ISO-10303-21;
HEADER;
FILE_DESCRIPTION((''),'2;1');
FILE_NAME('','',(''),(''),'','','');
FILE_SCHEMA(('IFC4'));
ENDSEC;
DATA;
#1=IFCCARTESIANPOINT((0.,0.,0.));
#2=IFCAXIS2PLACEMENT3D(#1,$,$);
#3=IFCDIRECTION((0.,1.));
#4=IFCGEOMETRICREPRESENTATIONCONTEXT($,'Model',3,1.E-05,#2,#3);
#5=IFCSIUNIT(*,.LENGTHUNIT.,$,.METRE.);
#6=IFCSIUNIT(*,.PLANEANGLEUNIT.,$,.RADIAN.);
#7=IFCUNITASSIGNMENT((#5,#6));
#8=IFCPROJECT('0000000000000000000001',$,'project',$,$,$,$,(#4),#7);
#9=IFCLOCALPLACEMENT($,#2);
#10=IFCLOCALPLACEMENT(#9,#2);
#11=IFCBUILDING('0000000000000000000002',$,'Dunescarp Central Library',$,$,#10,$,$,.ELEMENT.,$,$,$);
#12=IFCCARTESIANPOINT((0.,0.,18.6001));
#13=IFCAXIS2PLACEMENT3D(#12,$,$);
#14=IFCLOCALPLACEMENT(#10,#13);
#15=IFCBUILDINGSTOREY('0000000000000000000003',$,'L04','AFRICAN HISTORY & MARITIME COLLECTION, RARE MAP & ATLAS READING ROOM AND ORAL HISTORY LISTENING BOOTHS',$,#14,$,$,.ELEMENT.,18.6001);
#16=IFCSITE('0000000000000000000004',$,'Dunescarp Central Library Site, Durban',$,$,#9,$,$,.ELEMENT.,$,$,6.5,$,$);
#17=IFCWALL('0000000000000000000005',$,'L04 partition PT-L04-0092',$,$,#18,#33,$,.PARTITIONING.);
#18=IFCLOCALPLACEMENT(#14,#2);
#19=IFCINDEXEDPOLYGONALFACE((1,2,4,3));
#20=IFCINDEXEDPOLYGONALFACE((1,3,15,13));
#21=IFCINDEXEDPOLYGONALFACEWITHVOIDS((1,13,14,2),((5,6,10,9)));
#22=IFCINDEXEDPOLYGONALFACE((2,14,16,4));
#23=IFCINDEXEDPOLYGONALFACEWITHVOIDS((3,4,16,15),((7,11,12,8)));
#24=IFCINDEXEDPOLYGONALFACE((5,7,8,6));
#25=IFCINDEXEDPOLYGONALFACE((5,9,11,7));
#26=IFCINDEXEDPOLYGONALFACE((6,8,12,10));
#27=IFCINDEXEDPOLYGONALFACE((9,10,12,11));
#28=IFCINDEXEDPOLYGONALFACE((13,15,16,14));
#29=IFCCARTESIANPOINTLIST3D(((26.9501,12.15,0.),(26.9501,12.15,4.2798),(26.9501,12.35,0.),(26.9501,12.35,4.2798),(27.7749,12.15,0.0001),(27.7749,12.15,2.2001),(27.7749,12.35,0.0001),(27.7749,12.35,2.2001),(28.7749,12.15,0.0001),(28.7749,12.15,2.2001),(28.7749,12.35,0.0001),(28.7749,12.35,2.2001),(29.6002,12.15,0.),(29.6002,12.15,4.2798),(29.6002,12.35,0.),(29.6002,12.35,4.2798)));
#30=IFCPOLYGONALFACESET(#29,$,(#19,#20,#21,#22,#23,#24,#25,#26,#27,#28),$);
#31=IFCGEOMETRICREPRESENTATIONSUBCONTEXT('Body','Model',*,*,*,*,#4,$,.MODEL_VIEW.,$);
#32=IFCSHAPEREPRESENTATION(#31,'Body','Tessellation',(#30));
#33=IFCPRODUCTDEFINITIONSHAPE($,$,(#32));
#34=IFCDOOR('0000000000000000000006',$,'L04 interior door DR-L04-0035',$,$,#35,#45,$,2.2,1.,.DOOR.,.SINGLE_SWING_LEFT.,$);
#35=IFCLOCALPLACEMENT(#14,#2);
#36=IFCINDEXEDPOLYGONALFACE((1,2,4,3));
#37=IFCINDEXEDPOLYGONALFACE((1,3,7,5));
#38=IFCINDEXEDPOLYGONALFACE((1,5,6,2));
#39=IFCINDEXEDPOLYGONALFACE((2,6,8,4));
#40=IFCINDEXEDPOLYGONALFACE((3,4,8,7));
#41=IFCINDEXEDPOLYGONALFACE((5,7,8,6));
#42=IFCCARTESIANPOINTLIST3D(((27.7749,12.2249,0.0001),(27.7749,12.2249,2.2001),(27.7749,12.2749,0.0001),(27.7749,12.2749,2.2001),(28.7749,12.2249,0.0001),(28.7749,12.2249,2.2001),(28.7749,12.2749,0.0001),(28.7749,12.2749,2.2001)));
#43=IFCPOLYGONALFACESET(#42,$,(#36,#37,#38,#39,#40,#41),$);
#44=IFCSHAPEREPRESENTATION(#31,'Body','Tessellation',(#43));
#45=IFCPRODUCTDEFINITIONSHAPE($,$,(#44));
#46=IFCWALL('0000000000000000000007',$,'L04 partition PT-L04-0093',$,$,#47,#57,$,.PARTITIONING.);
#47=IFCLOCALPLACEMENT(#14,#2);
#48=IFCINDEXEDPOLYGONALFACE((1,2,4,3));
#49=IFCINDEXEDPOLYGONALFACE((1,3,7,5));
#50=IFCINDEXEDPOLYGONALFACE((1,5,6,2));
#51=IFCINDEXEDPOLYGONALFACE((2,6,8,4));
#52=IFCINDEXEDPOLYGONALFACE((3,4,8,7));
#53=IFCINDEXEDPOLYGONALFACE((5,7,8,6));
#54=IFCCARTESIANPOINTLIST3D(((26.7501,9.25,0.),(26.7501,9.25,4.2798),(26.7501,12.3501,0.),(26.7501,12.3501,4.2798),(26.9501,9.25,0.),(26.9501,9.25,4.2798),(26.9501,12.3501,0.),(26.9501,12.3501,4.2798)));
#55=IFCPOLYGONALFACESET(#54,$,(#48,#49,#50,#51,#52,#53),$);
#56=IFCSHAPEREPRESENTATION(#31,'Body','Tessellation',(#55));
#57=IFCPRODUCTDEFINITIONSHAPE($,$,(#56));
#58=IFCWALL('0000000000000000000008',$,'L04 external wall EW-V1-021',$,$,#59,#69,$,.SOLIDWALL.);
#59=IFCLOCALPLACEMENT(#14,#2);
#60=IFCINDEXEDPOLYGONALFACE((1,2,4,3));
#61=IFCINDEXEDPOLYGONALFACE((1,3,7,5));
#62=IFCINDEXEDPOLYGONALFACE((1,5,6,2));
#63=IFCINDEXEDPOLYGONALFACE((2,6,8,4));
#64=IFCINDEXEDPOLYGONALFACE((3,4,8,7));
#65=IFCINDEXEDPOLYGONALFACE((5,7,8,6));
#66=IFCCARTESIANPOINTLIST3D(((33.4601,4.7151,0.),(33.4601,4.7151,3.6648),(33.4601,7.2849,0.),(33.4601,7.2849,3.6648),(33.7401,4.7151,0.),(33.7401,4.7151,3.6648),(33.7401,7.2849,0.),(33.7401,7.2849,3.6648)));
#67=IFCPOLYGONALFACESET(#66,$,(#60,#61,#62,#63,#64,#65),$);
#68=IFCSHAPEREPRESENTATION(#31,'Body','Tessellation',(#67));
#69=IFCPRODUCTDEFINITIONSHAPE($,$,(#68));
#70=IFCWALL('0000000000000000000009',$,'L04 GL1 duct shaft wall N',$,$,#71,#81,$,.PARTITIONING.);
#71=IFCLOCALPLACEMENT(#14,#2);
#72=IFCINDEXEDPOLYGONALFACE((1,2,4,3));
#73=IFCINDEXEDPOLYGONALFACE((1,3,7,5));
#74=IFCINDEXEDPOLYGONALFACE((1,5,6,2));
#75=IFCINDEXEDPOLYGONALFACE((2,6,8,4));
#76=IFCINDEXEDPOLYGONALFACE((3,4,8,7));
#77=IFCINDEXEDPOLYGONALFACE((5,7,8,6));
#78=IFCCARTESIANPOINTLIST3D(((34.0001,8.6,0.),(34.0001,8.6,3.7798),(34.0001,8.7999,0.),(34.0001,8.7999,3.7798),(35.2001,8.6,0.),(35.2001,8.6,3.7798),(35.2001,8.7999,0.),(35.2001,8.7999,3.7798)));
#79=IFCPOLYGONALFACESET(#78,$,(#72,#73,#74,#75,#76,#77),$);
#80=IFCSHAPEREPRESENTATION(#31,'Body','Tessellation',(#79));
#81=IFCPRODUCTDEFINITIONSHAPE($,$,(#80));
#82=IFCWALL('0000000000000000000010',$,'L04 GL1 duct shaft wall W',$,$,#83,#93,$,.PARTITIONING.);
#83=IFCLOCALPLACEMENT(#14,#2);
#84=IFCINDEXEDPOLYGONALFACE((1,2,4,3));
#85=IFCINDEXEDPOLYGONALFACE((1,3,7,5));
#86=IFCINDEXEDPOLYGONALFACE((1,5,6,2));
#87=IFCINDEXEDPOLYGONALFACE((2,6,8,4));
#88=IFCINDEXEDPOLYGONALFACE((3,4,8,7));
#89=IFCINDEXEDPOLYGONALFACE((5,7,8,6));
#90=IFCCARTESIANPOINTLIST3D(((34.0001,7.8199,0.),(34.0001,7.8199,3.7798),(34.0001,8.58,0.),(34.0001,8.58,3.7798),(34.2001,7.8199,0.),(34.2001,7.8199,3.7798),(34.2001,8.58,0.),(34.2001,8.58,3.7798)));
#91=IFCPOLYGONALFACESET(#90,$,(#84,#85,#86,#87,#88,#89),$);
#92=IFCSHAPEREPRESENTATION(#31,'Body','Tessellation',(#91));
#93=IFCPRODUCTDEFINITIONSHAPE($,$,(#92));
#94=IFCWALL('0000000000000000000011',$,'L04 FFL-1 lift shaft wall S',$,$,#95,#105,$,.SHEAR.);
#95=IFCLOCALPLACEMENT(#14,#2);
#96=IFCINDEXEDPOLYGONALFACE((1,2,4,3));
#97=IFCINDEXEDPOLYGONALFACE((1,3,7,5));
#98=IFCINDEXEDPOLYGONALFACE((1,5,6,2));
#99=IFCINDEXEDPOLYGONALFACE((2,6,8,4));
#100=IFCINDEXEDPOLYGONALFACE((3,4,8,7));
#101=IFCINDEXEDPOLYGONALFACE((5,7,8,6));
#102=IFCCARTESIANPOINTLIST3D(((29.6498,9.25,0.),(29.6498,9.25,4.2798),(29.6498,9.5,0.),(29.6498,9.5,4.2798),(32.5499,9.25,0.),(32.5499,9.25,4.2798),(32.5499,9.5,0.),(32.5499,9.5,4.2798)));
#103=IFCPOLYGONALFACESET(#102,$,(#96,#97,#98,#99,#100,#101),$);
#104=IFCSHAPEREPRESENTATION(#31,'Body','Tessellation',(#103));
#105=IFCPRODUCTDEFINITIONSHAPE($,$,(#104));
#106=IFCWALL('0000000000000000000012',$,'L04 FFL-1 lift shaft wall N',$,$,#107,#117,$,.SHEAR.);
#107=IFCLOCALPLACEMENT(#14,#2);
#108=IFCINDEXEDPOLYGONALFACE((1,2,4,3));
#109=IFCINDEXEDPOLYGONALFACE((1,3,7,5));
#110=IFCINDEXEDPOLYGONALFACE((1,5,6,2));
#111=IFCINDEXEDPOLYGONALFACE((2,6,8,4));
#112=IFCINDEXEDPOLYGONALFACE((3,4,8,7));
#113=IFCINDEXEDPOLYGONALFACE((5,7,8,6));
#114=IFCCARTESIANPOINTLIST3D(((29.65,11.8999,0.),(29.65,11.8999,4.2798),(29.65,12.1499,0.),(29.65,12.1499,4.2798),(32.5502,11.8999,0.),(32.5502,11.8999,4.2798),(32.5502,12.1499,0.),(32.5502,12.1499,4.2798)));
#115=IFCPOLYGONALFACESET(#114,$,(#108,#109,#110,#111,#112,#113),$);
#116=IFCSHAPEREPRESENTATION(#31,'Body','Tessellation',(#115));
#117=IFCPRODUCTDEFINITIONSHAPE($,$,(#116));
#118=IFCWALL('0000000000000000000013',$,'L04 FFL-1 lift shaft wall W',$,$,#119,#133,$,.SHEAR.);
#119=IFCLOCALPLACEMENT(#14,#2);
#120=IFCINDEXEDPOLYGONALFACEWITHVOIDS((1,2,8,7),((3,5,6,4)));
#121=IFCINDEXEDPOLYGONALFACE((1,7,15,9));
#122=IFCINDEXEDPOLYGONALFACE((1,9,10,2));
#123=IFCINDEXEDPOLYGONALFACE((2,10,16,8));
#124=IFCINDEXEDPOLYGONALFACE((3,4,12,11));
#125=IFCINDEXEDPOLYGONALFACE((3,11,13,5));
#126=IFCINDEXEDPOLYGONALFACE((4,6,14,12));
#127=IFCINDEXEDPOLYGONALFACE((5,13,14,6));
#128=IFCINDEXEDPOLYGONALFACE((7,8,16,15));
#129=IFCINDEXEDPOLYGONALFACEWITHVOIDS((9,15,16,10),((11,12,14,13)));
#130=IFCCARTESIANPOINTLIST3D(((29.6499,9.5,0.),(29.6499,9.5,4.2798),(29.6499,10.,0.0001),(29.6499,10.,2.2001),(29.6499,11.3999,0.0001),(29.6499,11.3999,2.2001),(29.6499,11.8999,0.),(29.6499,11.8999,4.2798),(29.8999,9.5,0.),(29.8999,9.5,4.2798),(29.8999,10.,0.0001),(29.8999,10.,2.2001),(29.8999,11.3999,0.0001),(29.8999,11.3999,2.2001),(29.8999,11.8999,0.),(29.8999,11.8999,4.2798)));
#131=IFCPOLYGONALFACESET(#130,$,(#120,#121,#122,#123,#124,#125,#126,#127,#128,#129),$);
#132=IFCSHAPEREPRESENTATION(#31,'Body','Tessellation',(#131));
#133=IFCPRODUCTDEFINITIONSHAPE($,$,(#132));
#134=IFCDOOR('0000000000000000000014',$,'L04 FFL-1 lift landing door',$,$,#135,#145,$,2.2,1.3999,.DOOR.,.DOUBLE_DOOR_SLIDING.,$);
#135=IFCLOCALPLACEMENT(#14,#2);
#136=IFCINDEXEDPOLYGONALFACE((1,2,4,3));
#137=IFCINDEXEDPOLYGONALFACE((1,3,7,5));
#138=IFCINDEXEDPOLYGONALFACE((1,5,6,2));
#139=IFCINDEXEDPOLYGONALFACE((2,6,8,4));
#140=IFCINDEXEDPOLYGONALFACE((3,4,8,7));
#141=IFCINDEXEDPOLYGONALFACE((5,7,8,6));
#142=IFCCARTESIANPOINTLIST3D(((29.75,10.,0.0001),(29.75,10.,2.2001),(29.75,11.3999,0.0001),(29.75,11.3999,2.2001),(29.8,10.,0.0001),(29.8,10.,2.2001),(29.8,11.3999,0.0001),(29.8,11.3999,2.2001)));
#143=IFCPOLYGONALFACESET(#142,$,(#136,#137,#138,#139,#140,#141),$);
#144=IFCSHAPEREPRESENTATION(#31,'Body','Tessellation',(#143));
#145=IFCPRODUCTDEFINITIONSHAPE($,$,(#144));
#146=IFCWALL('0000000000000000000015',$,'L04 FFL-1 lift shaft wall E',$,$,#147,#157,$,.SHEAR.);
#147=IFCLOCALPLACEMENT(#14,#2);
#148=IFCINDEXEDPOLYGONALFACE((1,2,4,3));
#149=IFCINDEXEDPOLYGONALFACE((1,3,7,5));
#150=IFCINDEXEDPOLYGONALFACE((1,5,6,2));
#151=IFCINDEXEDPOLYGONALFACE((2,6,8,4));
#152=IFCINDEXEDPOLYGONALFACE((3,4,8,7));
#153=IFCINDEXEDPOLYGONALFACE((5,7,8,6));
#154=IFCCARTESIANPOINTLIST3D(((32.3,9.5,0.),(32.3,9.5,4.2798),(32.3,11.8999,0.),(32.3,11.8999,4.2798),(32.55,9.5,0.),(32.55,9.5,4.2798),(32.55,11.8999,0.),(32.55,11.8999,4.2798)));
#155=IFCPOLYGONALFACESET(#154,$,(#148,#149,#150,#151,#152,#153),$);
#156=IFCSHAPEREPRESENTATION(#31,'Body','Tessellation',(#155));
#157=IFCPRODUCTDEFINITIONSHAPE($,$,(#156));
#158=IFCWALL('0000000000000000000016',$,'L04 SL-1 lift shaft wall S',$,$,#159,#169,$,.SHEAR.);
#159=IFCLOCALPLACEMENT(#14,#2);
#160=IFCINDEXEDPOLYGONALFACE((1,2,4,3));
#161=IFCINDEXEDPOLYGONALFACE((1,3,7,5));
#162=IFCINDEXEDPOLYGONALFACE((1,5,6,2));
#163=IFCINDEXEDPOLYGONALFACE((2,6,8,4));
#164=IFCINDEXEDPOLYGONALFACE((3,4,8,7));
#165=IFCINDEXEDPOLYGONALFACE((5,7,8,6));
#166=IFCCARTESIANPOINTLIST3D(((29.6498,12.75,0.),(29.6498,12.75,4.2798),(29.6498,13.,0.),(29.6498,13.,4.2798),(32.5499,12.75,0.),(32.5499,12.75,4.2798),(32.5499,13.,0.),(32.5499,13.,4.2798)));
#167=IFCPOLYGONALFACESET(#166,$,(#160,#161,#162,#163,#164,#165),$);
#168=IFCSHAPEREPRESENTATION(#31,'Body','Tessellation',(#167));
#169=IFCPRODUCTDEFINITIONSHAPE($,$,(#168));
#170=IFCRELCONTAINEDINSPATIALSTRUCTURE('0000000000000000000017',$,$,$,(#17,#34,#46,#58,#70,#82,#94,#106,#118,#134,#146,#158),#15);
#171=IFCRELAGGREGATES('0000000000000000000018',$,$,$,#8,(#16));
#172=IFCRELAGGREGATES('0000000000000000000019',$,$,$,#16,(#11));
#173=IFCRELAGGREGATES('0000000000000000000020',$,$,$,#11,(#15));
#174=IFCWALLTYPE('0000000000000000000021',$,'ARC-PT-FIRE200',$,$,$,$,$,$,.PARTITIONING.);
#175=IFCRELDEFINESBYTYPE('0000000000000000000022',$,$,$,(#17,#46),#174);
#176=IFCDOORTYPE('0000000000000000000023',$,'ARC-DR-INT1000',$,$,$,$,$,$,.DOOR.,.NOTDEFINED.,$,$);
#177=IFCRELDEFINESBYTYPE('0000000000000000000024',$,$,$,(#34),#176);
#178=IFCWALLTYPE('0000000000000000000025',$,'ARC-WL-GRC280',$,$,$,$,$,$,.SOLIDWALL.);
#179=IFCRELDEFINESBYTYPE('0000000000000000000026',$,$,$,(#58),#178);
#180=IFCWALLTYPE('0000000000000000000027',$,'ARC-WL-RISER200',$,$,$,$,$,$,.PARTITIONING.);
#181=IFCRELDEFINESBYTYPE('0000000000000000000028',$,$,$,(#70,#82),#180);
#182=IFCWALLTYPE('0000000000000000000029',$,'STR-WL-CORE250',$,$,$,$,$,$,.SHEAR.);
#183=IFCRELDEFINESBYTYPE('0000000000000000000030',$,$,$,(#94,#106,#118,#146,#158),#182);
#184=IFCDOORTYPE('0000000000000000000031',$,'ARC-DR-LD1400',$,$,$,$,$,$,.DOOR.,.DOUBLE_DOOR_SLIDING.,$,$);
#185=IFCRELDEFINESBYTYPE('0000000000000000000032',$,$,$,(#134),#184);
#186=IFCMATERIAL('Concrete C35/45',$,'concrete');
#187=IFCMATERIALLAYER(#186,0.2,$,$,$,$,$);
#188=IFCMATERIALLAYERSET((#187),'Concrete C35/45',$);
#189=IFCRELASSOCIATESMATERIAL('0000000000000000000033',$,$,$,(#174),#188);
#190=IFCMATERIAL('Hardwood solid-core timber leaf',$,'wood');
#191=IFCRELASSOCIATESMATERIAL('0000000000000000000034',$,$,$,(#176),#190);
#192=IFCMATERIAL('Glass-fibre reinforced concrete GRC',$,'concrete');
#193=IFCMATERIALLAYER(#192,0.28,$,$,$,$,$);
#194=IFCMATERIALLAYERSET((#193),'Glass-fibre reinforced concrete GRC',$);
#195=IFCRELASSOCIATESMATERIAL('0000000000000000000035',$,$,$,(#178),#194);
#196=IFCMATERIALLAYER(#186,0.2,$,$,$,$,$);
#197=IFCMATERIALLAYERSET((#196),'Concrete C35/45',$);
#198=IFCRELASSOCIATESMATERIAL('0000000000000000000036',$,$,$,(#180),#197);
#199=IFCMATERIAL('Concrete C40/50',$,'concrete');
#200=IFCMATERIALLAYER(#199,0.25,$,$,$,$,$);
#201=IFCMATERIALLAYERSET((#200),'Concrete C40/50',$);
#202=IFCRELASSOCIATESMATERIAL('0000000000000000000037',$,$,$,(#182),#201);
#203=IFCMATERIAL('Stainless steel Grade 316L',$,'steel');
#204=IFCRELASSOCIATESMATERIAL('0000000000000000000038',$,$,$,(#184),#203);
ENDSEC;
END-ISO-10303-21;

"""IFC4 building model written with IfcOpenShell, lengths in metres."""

from ifc_helpers import new_model, si_unit, direction, frame, frame_2d, origin, place, context, subcontext, project, spatial, rectangle, extrude, material, layer, layer_set, type_object, element, fill, save


model = new_model("IFC4")

# Units and contexts
model_context = context("Model", 3, precision=1e-05, world=origin(), true_north=direction((0.0, 1.0)))
body_context = subcontext(model_context, "Body", "Model", "MODEL_VIEW")
ifc_project = project(units=[si_unit("LENGTHUNIT", "METRE"), si_unit("PLANEANGLEUNIT", "RADIAN")], contexts=[model_context])

# Site, building, storey
site_placement = place(None, origin())
site = spatial("IfcSite", under=ifc_project, at=site_placement, Name="Dunescarp Central Library Site, Durban", CompositionType="ELEMENT", RefElevation=6.5)
building_placement = place(site_placement, origin())
building = spatial("IfcBuilding", under=site, at=building_placement, Name="Dunescarp Central Library", CompositionType="ELEMENT")
storey_placement = place(building_placement, frame((0.0, 0.0, 18.6001)))
storey = spatial("IfcBuildingStorey", under=building, at=storey_placement, Name="L04", Description="AFRICAN HISTORY & MARITIME COLLECTION, RARE MAP & ATLAS READING ROOM AND ORAL HISTORY LISTENING BOOTHS", CompositionType="ELEMENT", Elevation=18.6001)

# Shared definitions
ifc_material_1 = material(Name="Concrete C35/45", Category="concrete")
ifc_layer_1 = layer(ifc_material_1, 0.2)
ifc_layer_set_1 = layer_set([ifc_layer_1], Name="Concrete C35/45")
wall_type_1 = type_object("IfcWallType", Name="ARC-PT-FIRE200", PredefinedType="PARTITIONING", material=ifc_layer_set_1)

# Wall, opening, door
wall_1_placement = place(storey_placement, frame((26.95, 12.25, 0.0), z_axis=(0.0, 0.0, 1.0), x_axis=(1.0, 0.0, 0.0)))
wall_1 = element("IfcWall", 1, at=wall_1_placement, inside=storey, type_object=wall_type_1, Name="L04 partition PT-L04-0092", PredefinedType="PARTITIONING", context=body_context, shape_type="SweptSolid", body=[
    extrude(rectangle(XDim=2.6501, YDim=0.2, at=frame_2d((1.3252, 0.0))), origin(), (0.0, 0.0, 1.0), 4.2798),
])
opening_1_placement = place(wall_1_placement, frame((0.825, 0.0, 0.0)))
opening_1 = element("IfcOpeningElement", 2, at=opening_1_placement, cuts=wall_1, PredefinedType="OPENING", context=body_context, shape_type="SweptSolid", body=[
    extrude(rectangle(XDim=1.0, YDim=2.2, at=frame_2d((0.5, 1.1001))), frame((0.0, 0.1099, 0.0), z_axis=(0.0, -1.0, 0.0), x_axis=(1.0, 0.0, 0.0)), (0.0, 0.0, 1.0), 0.22),
])
ifc_material_2 = material(Name="Hardwood solid-core timber leaf", Category="wood")
door_type_1 = type_object("IfcDoorType", Name="ARC-DR-INT1000", OperationType="NOTDEFINED", PredefinedType="DOOR", material=ifc_material_2)
door_1_placement = place(opening_1_placement, origin())
door_1 = element("IfcDoor", 3, at=door_1_placement, inside=storey, type_object=door_type_1, Name="L04 interior door DR-L04-0035", OperationType="SINGLE_SWING_LEFT", OverallHeight=2.2, OverallWidth=1.0, PredefinedType="DOOR", context=body_context, shape_type="SweptSolid", body=[
    extrude(rectangle(XDim=1.0, YDim=2.2, at=frame_2d((0.5, 1.1001))), frame((0.0, 0.0249, 0.0), z_axis=(0.0, -1.0, 0.0), x_axis=(1.0, 0.0, 0.0)), (0.0, 0.0, 1.0), 0.05),
])
fill(opening_1, door_1)

# Walls
wall_2_placement = place(storey_placement, frame((26.8501, 9.25, 0.0), z_axis=(0.0, 0.0, 1.0), x_axis=(0.0, 1.0, 0.0)))
element("IfcWall", 4, at=wall_2_placement, inside=storey, type_object=wall_type_1, Name="L04 partition PT-L04-0093", PredefinedType="PARTITIONING", context=body_context, shape_type="SweptSolid", body=[
    extrude(rectangle(XDim=3.1001, YDim=0.2, at=frame_2d((1.55, 0.0))), origin(), (0.0, 0.0, 1.0), 4.2798),
])
ifc_material_3 = material(Name="Glass-fibre reinforced concrete GRC", Category="concrete")
ifc_layer_2 = layer(ifc_material_3, 0.28)
ifc_layer_set_2 = layer_set([ifc_layer_2], Name="Glass-fibre reinforced concrete GRC")
wall_type_2 = type_object("IfcWallType", Name="ARC-WL-GRC280", PredefinedType="SOLIDWALL", material=ifc_layer_set_2)
wall_3_placement = place(storey_placement, frame((33.6001, 7.2849, 0.0), z_axis=(0.0, 0.0, 1.0), x_axis=(0.0, -1.0, 0.0)))
element("IfcWall", 5, at=wall_3_placement, inside=storey, type_object=wall_type_2, Name="L04 external wall EW-V1-021", PredefinedType="SOLIDWALL", context=body_context, shape_type="SweptSolid", body=[
    extrude(rectangle(XDim=2.5698, YDim=0.28, at=frame_2d((1.2849, 0.0))), origin(), (0.0, 0.0, 1.0), 3.6648),
])
ifc_layer_3 = layer(ifc_material_1, 0.2)
ifc_layer_set_3 = layer_set([ifc_layer_3], Name="Concrete C35/45")
wall_type_3 = type_object("IfcWallType", Name="ARC-WL-RISER200", PredefinedType="PARTITIONING", material=ifc_layer_set_3)
wall_4_placement = place(storey_placement, frame((34.0, 8.7, 0.0), z_axis=(0.0, 0.0, 1.0), x_axis=(1.0, 0.0, 0.0)))
element("IfcWall", 6, at=wall_4_placement, inside=storey, type_object=wall_type_3, Name="L04 GL1 duct shaft wall N", PredefinedType="PARTITIONING", context=body_context, shape_type="SweptSolid", body=[
    extrude(rectangle(XDim=1.2, YDim=0.2, at=frame_2d((0.6001, 0.0))), origin(), (0.0, 0.0, 1.0), 3.7798),
])
wall_5_placement = place(storey_placement, frame((34.1001, 7.8201, 0.0), z_axis=(0.0, 0.0, 1.0), x_axis=(0.0, 1.0, 0.0)))
element("IfcWall", 7, at=wall_5_placement, inside=storey, type_object=wall_type_3, Name="L04 GL1 duct shaft wall W", PredefinedType="PARTITIONING", context=body_context, shape_type="SweptSolid", body=[
    extrude(rectangle(XDim=0.76, YDim=0.2, at=frame_2d((0.3799, 0.0))), origin(), (0.0, 0.0, 1.0), 3.7798),
])
ifc_material_4 = material(Name="Concrete C40/50", Category="concrete")
ifc_layer_4 = layer(ifc_material_4, 0.25)
ifc_layer_set_4 = layer_set([ifc_layer_4], Name="Concrete C40/50")
wall_type_4 = type_object("IfcWallType", Name="STR-WL-CORE250", PredefinedType="SHEAR", material=ifc_layer_set_4)
for number, where, z_axis, x_axis, name in (
    (8, (32.55, 9.375, 0.0), (0.0, 0.0, 1.0), (-1.0, 0.0, 0.0), "L04 FFL-1 lift shaft wall S"),
    (9, (29.6499, 12.0249, 0.0), (0.0, 0.0, 1.0), (1.0, 0.0, 0.0), "L04 FFL-1 lift shaft wall N"),
):
    element("IfcWall", number, at=place(storey_placement, frame(where, z_axis=z_axis, x_axis=x_axis)), inside=storey, type_object=wall_type_4, Name=name, PredefinedType="SHEAR", context=body_context, shape_type="SweptSolid", body=[
        extrude(rectangle(XDim=2.9001, YDim=0.25, at=frame_2d((1.4502, 0.0))), origin(), (0.0, 0.0, 1.0), 4.2798),
    ])

# Wall, opening, door
wall_6_placement = place(storey_placement, frame((29.7749, 9.5, 0.0), z_axis=(0.0, 0.0, 1.0), x_axis=(0.0, 1.0, 0.0)))
wall_6 = element("IfcWall", 10, at=wall_6_placement, inside=storey, type_object=wall_type_4, Name="L04 FFL-1 lift shaft wall W", PredefinedType="SHEAR", context=body_context, shape_type="SweptSolid", body=[
    extrude(rectangle(XDim=2.3999, YDim=0.25, at=frame_2d((1.2, 0.0))), origin(), (0.0, 0.0, 1.0), 4.2798),
])
opening_2_placement = place(wall_6_placement, frame((0.5, 0.0, 0.0)))
opening_2 = element("IfcOpeningElement", 11, at=opening_2_placement, cuts=wall_6, PredefinedType="OPENING", context=body_context, shape_type="SweptSolid", body=[
    extrude(rectangle(XDim=1.3999, YDim=2.2, at=frame_2d((0.7, 1.1001))), frame((0.0, 0.135, 0.0), z_axis=(0.0, -1.0, 0.0), x_axis=(1.0, 0.0, 0.0)), (0.0, 0.0, 1.0), 0.27),
])
ifc_material_5 = material(Name="Stainless steel Grade 316L", Category="steel")
door_type_2 = type_object("IfcDoorType", Name="ARC-DR-LD1400", OperationType="DOUBLE_DOOR_SLIDING", PredefinedType="DOOR", material=ifc_material_5)
door_2_placement = place(opening_2_placement, origin())
door_2 = element("IfcDoor", 12, at=door_2_placement, inside=storey, type_object=door_type_2, Name="L04 FFL-1 lift landing door", OperationType="DOUBLE_DOOR_SLIDING", OverallHeight=2.2, OverallWidth=1.3999, PredefinedType="DOOR", context=body_context, shape_type="SweptSolid", body=[
    extrude(rectangle(XDim=1.3999, YDim=2.2, at=frame_2d((0.7, 1.1001))), frame((0.0, 0.0249, 0.0), z_axis=(0.0, -1.0, 0.0), x_axis=(1.0, 0.0, 0.0)), (0.0, 0.0, 1.0), 0.05),
])
fill(opening_2, door_2)

# Walls
wall_7_placement = place(storey_placement, frame((32.425, 11.8999, 0.0), z_axis=(0.0, 0.0, 1.0), x_axis=(0.0, -1.0, 0.0)))
element("IfcWall", 13, at=wall_7_placement, inside=storey, type_object=wall_type_4, Name="L04 FFL-1 lift shaft wall E", PredefinedType="SHEAR", context=body_context, shape_type="SweptSolid", body=[
    extrude(rectangle(XDim=2.3999, YDim=0.25, at=frame_2d((1.2, 0.0))), origin(), (0.0, 0.0, 1.0), 4.2798),
])
wall_8_placement = place(storey_placement, frame((32.55, 12.875, 0.0), z_axis=(0.0, 0.0, 1.0), x_axis=(-1.0, 0.0, 0.0)))
element("IfcWall", 14, at=wall_8_placement, inside=storey, type_object=wall_type_4, Name="L04 SL-1 lift shaft wall S", PredefinedType="SHEAR", context=body_context, shape_type="SweptSolid", body=[
    extrude(rectangle(XDim=2.9001, YDim=0.25, at=frame_2d((1.4502, 0.0))), origin(), (0.0, 0.0, 1.0), 4.2798),
])

save(model, "model.ifc")
